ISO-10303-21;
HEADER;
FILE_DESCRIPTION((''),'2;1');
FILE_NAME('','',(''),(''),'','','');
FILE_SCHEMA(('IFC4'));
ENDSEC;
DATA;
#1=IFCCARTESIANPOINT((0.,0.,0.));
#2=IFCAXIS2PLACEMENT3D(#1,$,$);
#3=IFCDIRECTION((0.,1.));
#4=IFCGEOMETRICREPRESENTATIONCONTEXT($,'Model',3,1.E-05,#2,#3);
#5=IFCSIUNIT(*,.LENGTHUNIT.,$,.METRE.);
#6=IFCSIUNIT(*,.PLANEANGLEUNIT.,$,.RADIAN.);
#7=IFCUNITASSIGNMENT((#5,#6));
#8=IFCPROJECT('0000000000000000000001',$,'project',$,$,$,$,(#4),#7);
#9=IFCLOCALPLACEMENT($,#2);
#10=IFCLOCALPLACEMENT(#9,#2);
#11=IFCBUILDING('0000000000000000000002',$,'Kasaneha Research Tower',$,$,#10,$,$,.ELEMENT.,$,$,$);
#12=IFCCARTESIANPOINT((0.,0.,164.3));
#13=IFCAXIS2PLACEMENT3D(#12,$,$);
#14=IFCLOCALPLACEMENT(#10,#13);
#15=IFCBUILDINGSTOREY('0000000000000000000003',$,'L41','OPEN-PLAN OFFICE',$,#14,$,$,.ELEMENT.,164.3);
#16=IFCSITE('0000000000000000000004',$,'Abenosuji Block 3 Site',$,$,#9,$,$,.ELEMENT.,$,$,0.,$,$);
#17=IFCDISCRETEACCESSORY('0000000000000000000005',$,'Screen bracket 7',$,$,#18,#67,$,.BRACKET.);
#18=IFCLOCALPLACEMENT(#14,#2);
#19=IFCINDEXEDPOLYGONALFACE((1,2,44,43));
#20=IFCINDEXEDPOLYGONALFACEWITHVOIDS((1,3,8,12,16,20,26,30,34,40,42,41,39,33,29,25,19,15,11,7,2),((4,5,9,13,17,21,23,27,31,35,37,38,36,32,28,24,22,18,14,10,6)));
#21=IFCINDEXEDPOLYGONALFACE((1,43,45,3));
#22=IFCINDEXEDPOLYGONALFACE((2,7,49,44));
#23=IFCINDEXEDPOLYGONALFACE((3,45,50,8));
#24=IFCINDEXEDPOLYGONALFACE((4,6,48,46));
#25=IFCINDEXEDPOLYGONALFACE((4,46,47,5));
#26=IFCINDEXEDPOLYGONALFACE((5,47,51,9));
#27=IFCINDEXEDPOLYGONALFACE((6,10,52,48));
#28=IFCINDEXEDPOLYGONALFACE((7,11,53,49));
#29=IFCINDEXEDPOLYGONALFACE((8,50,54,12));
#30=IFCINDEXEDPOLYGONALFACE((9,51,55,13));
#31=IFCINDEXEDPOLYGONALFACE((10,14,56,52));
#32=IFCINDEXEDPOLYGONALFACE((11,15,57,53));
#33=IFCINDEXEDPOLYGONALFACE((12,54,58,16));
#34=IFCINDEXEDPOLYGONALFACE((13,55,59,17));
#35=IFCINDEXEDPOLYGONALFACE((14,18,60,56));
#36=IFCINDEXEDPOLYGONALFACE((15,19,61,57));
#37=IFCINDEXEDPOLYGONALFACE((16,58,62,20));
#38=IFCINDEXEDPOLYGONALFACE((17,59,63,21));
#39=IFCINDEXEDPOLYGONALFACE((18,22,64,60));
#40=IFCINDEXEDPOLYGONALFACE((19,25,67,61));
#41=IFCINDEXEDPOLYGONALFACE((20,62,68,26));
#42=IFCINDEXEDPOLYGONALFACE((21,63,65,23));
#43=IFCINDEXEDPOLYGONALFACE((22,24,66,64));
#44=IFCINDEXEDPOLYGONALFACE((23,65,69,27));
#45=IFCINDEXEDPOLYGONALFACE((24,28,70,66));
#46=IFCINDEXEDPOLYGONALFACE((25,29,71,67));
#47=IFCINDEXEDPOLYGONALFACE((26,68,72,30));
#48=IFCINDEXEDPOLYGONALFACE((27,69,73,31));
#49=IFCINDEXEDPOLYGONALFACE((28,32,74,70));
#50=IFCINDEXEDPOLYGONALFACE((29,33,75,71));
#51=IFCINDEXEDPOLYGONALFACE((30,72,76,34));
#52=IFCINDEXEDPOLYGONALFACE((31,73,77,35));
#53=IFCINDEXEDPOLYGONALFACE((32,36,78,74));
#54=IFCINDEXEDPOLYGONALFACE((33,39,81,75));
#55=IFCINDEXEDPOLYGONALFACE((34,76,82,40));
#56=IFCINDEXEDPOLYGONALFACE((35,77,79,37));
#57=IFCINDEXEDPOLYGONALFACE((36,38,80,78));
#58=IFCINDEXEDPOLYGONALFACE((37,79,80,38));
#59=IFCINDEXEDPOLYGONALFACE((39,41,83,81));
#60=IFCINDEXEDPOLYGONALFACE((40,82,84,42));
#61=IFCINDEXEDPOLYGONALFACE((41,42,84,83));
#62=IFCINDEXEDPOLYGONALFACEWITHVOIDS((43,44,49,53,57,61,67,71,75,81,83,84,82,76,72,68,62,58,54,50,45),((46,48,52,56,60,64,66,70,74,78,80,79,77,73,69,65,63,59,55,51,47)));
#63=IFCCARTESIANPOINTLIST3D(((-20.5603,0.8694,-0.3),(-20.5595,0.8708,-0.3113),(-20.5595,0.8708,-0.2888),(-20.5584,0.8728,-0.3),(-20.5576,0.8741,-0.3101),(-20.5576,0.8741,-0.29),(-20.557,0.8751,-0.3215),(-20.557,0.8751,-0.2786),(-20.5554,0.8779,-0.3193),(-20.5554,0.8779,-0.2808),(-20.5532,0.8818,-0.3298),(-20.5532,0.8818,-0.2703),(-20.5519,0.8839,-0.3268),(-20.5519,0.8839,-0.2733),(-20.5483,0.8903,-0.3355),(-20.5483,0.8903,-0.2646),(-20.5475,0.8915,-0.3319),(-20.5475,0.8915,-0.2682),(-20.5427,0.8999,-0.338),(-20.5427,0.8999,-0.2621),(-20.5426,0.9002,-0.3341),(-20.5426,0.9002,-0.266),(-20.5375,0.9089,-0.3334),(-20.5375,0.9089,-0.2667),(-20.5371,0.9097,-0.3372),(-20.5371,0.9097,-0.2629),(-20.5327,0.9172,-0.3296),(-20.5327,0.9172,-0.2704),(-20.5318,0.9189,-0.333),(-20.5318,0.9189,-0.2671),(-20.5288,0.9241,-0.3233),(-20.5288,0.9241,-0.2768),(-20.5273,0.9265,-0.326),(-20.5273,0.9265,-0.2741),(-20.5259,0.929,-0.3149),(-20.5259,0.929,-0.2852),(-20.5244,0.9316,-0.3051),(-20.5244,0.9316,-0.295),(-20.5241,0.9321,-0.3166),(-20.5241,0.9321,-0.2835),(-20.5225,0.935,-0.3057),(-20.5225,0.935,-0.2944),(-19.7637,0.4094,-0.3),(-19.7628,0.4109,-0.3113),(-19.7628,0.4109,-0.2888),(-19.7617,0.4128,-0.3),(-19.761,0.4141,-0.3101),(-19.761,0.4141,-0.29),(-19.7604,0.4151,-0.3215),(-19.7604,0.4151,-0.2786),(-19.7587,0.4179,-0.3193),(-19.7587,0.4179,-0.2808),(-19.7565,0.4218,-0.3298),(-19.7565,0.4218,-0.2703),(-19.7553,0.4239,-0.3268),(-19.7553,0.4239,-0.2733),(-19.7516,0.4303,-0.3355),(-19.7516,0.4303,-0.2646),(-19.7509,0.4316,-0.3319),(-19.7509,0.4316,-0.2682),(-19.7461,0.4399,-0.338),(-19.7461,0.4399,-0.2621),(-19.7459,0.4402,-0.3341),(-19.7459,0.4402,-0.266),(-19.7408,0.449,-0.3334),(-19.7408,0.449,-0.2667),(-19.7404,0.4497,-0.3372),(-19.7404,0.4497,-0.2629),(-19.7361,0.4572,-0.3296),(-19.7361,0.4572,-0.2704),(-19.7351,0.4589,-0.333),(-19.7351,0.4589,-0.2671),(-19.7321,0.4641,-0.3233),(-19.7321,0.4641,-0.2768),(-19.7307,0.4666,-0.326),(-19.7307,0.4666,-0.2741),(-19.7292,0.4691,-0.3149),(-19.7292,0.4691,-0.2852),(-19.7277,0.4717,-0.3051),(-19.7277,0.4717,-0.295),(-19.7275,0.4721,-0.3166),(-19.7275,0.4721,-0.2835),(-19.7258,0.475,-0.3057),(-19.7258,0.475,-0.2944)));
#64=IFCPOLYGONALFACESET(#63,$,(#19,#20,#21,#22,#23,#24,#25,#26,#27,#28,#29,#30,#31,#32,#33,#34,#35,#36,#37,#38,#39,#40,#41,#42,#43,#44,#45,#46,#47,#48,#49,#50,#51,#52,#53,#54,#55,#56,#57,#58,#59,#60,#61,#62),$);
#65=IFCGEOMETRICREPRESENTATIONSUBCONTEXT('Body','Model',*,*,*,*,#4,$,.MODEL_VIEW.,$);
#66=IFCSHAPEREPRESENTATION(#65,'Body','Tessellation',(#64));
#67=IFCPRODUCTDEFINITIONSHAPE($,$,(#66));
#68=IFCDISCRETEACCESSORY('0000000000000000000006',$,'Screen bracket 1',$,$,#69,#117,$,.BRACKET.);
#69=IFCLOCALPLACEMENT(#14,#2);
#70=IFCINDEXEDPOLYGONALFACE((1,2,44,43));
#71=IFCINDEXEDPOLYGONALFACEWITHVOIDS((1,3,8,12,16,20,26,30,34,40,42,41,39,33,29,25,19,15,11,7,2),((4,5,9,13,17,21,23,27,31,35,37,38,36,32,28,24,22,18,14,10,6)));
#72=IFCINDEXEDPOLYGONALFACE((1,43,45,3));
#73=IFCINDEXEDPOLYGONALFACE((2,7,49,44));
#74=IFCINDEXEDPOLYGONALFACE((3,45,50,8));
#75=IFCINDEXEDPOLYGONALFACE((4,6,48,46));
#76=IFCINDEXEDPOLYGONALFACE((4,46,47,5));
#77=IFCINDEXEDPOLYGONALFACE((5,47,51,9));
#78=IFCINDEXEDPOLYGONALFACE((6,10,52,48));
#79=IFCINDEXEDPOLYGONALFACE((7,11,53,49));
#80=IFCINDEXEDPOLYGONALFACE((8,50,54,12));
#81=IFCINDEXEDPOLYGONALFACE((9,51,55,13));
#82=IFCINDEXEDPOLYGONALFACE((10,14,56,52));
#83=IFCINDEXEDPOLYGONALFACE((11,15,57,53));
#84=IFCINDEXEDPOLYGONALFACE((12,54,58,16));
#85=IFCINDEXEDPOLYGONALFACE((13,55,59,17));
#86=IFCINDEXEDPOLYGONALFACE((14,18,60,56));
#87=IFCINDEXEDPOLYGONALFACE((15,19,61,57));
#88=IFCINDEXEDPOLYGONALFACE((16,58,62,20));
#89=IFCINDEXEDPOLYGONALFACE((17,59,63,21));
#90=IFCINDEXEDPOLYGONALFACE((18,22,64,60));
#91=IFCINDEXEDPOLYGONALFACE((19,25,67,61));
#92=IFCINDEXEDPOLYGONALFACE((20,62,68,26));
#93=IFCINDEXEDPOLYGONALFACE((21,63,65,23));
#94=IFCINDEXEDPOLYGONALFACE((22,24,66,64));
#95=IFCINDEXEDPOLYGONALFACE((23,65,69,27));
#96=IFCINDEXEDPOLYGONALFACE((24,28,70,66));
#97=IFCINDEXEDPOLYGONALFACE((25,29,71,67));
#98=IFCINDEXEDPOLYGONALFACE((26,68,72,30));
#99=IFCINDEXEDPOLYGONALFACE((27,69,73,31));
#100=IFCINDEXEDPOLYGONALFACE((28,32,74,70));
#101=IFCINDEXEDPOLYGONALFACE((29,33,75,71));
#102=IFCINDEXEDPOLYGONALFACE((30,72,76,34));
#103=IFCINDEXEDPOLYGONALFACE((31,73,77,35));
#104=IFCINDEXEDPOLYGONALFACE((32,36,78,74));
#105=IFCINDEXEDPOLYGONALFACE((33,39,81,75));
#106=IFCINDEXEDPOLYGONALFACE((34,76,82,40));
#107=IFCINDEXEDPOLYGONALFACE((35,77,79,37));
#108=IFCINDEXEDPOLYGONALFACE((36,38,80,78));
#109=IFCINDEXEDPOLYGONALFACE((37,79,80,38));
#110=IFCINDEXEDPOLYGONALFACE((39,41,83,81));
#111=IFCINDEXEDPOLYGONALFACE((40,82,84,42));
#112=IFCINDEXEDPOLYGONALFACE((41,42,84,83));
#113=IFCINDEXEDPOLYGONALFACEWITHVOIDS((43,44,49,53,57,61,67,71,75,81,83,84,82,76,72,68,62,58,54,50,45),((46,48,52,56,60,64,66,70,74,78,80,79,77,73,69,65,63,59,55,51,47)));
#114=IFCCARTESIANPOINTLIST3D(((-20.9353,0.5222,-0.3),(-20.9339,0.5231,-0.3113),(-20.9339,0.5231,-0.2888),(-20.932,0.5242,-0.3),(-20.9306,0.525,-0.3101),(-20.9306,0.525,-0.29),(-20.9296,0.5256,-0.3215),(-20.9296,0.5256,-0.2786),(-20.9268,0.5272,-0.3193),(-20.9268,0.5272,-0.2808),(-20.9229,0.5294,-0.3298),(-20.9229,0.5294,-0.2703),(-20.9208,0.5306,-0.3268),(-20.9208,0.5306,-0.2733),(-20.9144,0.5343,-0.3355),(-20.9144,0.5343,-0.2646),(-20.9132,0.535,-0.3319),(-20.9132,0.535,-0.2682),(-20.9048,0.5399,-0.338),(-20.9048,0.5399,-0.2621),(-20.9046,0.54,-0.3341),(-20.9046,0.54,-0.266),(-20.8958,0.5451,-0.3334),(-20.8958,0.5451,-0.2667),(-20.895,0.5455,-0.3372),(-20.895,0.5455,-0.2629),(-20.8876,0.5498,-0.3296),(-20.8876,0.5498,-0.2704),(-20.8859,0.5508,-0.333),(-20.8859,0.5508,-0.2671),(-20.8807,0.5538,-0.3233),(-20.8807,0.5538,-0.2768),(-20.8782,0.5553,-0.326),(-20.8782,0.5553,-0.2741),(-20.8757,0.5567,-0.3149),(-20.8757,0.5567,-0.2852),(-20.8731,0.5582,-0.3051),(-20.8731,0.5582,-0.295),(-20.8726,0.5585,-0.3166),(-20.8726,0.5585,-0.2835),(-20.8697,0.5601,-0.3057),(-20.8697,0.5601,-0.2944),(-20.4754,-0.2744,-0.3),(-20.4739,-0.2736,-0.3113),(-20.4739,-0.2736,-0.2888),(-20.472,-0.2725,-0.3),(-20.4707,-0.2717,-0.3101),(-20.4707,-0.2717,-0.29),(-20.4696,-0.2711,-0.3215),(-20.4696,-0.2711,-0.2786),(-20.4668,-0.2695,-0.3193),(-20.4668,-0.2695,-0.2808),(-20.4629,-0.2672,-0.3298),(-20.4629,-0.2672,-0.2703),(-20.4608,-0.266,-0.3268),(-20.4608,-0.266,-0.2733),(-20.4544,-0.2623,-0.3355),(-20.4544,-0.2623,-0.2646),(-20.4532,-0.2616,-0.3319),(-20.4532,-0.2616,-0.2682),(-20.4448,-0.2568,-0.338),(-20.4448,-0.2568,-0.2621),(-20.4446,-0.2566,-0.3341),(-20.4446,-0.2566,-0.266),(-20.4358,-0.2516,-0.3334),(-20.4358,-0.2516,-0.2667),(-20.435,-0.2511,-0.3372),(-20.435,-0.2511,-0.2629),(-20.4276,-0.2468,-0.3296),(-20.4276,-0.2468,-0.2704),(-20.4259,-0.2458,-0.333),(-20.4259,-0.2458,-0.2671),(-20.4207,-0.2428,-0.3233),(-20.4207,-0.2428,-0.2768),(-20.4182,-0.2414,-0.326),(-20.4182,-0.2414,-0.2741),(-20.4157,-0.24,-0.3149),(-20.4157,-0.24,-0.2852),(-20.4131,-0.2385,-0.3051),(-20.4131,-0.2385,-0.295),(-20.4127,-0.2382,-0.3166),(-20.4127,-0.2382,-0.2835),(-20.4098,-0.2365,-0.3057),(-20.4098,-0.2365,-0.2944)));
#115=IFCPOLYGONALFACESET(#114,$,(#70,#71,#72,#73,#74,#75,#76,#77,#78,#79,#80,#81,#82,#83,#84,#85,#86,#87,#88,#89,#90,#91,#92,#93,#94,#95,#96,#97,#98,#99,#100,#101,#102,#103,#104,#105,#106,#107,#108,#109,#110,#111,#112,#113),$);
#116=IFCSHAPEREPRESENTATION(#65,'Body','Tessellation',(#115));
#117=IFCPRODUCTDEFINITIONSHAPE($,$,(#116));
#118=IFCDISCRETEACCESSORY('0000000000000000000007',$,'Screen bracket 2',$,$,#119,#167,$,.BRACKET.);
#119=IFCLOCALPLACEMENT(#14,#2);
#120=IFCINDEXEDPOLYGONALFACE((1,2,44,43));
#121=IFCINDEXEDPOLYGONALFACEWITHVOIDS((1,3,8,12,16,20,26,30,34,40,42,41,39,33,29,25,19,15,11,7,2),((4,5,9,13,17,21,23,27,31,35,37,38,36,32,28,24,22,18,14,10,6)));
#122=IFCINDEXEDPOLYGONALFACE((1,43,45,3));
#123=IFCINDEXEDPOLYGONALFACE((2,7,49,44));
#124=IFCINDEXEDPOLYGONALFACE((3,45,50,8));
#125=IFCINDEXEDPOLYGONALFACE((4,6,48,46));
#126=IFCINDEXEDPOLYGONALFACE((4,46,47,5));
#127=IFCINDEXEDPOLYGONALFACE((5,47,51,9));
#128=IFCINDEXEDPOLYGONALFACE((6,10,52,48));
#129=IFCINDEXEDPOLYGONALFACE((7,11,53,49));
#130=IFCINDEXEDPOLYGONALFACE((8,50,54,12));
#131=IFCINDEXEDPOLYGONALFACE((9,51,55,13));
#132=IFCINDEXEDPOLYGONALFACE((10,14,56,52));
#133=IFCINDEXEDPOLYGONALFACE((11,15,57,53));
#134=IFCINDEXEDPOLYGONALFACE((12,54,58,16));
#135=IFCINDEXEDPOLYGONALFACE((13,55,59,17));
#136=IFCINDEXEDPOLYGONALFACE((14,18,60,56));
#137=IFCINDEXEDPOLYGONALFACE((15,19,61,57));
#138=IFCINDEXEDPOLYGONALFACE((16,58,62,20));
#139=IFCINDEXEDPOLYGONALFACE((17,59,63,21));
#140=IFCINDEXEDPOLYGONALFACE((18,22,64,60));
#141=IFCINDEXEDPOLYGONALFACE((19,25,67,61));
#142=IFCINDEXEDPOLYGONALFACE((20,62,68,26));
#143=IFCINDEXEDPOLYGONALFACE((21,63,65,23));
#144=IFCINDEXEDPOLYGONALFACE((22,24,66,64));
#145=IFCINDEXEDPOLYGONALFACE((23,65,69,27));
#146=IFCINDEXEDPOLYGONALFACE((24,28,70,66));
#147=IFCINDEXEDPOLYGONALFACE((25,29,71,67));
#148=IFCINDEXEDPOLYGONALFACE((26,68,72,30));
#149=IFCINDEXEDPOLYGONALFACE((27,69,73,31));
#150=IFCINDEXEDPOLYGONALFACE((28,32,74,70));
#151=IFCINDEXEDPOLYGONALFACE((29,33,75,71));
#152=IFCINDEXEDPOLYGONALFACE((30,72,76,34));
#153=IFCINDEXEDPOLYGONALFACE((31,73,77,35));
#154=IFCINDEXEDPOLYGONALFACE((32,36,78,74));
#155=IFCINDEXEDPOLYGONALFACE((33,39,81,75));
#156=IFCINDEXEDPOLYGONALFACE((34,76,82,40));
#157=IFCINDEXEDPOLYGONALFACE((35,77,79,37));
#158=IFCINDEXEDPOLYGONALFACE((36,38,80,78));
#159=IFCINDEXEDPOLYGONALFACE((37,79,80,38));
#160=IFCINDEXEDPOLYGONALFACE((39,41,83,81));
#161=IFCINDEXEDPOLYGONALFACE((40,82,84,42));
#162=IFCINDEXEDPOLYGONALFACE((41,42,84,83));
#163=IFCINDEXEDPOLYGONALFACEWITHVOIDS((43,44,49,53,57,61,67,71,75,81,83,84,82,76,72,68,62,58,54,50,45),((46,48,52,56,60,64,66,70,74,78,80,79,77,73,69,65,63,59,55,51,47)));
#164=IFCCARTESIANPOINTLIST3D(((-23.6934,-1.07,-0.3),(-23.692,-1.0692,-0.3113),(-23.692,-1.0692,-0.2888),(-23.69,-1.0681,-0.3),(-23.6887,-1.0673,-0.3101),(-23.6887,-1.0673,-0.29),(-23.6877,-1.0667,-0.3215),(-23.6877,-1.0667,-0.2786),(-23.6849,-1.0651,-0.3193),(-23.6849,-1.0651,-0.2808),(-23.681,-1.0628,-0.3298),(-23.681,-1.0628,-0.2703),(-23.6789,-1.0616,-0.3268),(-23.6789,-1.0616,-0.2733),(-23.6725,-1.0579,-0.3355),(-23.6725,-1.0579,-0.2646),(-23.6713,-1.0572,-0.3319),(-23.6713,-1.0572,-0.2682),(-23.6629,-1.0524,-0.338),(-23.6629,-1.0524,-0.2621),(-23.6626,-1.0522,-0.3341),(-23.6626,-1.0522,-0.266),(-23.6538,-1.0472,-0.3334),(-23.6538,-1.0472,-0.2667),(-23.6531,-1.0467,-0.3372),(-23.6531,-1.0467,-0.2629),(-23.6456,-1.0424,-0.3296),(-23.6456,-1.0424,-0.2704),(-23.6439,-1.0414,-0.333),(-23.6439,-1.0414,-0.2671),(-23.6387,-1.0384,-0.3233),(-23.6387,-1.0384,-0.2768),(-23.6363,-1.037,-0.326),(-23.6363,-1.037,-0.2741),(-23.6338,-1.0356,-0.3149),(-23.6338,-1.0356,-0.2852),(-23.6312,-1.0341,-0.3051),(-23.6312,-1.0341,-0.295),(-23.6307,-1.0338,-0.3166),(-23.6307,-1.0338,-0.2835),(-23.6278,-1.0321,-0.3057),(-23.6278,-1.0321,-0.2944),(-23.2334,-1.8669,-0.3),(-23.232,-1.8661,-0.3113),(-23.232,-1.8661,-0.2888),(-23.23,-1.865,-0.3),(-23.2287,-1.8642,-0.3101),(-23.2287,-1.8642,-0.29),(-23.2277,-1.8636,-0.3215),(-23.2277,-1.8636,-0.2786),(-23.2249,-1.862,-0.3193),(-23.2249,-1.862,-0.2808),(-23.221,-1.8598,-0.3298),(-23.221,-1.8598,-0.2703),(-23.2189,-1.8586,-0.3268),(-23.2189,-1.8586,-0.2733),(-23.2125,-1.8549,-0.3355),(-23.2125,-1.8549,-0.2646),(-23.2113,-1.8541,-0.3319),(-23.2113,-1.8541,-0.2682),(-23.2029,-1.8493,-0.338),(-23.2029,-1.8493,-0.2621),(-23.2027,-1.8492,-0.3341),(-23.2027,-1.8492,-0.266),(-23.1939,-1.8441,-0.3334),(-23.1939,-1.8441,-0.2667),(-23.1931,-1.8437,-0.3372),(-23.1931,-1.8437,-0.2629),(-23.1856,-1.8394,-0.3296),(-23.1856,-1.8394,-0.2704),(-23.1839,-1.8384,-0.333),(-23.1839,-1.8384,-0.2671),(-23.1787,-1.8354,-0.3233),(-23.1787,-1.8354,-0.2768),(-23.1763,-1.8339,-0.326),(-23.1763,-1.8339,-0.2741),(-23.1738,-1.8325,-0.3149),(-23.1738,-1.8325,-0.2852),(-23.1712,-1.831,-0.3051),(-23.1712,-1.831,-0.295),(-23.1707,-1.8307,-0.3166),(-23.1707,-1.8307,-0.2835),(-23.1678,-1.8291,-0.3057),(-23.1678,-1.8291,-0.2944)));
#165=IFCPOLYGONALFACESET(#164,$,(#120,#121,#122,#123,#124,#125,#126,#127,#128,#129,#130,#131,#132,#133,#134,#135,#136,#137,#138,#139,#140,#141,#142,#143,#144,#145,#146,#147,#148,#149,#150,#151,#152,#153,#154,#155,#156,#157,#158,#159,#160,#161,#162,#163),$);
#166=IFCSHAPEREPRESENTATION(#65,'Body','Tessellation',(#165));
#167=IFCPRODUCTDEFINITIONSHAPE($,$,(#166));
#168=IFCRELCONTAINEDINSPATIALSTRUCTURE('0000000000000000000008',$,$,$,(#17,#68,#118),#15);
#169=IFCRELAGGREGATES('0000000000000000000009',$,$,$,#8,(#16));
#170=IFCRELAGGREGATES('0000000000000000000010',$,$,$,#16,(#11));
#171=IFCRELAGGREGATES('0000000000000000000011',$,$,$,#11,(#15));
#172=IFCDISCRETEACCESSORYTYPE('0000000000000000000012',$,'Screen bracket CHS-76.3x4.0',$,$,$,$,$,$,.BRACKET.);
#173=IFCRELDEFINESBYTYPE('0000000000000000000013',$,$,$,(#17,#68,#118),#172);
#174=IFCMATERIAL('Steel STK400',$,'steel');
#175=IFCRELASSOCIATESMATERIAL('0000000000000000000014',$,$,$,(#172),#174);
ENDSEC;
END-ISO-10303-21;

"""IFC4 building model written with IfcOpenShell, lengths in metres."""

from ifc_helpers import new_model, si_unit, direction, frame, origin, origin_2d, place, context, subcontext, project, spatial, hollow_circle, extrude, material, material_profile, profile_set, type_object, element, save


model = new_model("IFC4")

# Units and contexts
model_context = context("Model", 3, precision=1e-05, world=origin(), true_north=direction((0.0, 1.0)))
body_context = subcontext(model_context, "Body", "Model", "MODEL_VIEW")
ifc_project = project(units=[si_unit("LENGTHUNIT", "METRE"), si_unit("PLANEANGLEUNIT", "RADIAN")], contexts=[model_context])

# Site, building, storey
site_placement = place(None, origin())
site = spatial("IfcSite", under=ifc_project, at=site_placement, Name="Abenosuji Block 3 Site", CompositionType="ELEMENT", RefElevation=0.0)
building_placement = place(site_placement, origin())
building = spatial("IfcBuilding", under=site, at=building_placement, Name="Kasaneha Research Tower", CompositionType="ELEMENT")
storey_placement = place(building_placement, frame((0.0, 0.0, 164.3)))
storey = spatial("IfcBuildingStorey", under=building, at=storey_placement, Name="L41", Description="OPEN-PLAN OFFICE", CompositionType="ELEMENT", Elevation=164.3)

# Discrete accessories
ifc_material_1 = material(Name="Steel STK400", Category="steel")
ifc_material_profile_1 = material_profile(ifc_material_1, hollow_circle(Radius=0.0381, WallThickness=0.0039, at=origin_2d()), Name="CHS-76.3x4.0")
ifc_profile_set_1 = profile_set([ifc_material_profile_1], Name="Steel STK400")
discrete_accessory_type = type_object("IfcDiscreteAccessoryType", Name="Screen bracket CHS-76.3x4.0", PredefinedType="BRACKET", material=ifc_profile_set_1)
for number, where, z_axis, x_axis, name in (
    (1, (-19.7446, 0.4424, -0.3), (-0.866013, 0.500021, 0.0), (-0.500021, -0.866013, 0.0), "Screen bracket 7"),
    (2, (-20.4424, -0.2554, -0.3), (-0.500021, 0.866013, 0.0), (-0.866013, -0.500021, 0.0), "Screen bracket 1"),
):
    element("IfcDiscreteAccessory", number, at=place(storey_placement, frame(where, z_axis=z_axis, x_axis=x_axis)), inside=storey, type_object=discrete_accessory_type, Name=name, PredefinedType="BRACKET", context=body_context, shape_type="SweptSolid", body=[
        extrude(hollow_circle(Radius=0.0381, WallThickness=0.0039, at=origin_2d()), origin(), (0.0, 0.0, 1.0), 0.9199),
    ])
discrete_accessory_placement = place(storey_placement, frame((-23.2004, -1.8479, -0.3), z_axis=(-0.499906, 0.86608, 0.0), x_axis=(-0.86608, -0.499906, 0.0)))
element("IfcDiscreteAccessory", 3, at=discrete_accessory_placement, inside=storey, type_object=discrete_accessory_type, Name="Screen bracket 2", PredefinedType="BRACKET", context=body_context, shape_type="SweptSolid", body=[
    extrude(hollow_circle(Radius=0.0381, WallThickness=0.0039, at=origin_2d()), origin(), (0.0, 0.0, 1.0), 0.9202),
])

save(model, "model.ifc")
